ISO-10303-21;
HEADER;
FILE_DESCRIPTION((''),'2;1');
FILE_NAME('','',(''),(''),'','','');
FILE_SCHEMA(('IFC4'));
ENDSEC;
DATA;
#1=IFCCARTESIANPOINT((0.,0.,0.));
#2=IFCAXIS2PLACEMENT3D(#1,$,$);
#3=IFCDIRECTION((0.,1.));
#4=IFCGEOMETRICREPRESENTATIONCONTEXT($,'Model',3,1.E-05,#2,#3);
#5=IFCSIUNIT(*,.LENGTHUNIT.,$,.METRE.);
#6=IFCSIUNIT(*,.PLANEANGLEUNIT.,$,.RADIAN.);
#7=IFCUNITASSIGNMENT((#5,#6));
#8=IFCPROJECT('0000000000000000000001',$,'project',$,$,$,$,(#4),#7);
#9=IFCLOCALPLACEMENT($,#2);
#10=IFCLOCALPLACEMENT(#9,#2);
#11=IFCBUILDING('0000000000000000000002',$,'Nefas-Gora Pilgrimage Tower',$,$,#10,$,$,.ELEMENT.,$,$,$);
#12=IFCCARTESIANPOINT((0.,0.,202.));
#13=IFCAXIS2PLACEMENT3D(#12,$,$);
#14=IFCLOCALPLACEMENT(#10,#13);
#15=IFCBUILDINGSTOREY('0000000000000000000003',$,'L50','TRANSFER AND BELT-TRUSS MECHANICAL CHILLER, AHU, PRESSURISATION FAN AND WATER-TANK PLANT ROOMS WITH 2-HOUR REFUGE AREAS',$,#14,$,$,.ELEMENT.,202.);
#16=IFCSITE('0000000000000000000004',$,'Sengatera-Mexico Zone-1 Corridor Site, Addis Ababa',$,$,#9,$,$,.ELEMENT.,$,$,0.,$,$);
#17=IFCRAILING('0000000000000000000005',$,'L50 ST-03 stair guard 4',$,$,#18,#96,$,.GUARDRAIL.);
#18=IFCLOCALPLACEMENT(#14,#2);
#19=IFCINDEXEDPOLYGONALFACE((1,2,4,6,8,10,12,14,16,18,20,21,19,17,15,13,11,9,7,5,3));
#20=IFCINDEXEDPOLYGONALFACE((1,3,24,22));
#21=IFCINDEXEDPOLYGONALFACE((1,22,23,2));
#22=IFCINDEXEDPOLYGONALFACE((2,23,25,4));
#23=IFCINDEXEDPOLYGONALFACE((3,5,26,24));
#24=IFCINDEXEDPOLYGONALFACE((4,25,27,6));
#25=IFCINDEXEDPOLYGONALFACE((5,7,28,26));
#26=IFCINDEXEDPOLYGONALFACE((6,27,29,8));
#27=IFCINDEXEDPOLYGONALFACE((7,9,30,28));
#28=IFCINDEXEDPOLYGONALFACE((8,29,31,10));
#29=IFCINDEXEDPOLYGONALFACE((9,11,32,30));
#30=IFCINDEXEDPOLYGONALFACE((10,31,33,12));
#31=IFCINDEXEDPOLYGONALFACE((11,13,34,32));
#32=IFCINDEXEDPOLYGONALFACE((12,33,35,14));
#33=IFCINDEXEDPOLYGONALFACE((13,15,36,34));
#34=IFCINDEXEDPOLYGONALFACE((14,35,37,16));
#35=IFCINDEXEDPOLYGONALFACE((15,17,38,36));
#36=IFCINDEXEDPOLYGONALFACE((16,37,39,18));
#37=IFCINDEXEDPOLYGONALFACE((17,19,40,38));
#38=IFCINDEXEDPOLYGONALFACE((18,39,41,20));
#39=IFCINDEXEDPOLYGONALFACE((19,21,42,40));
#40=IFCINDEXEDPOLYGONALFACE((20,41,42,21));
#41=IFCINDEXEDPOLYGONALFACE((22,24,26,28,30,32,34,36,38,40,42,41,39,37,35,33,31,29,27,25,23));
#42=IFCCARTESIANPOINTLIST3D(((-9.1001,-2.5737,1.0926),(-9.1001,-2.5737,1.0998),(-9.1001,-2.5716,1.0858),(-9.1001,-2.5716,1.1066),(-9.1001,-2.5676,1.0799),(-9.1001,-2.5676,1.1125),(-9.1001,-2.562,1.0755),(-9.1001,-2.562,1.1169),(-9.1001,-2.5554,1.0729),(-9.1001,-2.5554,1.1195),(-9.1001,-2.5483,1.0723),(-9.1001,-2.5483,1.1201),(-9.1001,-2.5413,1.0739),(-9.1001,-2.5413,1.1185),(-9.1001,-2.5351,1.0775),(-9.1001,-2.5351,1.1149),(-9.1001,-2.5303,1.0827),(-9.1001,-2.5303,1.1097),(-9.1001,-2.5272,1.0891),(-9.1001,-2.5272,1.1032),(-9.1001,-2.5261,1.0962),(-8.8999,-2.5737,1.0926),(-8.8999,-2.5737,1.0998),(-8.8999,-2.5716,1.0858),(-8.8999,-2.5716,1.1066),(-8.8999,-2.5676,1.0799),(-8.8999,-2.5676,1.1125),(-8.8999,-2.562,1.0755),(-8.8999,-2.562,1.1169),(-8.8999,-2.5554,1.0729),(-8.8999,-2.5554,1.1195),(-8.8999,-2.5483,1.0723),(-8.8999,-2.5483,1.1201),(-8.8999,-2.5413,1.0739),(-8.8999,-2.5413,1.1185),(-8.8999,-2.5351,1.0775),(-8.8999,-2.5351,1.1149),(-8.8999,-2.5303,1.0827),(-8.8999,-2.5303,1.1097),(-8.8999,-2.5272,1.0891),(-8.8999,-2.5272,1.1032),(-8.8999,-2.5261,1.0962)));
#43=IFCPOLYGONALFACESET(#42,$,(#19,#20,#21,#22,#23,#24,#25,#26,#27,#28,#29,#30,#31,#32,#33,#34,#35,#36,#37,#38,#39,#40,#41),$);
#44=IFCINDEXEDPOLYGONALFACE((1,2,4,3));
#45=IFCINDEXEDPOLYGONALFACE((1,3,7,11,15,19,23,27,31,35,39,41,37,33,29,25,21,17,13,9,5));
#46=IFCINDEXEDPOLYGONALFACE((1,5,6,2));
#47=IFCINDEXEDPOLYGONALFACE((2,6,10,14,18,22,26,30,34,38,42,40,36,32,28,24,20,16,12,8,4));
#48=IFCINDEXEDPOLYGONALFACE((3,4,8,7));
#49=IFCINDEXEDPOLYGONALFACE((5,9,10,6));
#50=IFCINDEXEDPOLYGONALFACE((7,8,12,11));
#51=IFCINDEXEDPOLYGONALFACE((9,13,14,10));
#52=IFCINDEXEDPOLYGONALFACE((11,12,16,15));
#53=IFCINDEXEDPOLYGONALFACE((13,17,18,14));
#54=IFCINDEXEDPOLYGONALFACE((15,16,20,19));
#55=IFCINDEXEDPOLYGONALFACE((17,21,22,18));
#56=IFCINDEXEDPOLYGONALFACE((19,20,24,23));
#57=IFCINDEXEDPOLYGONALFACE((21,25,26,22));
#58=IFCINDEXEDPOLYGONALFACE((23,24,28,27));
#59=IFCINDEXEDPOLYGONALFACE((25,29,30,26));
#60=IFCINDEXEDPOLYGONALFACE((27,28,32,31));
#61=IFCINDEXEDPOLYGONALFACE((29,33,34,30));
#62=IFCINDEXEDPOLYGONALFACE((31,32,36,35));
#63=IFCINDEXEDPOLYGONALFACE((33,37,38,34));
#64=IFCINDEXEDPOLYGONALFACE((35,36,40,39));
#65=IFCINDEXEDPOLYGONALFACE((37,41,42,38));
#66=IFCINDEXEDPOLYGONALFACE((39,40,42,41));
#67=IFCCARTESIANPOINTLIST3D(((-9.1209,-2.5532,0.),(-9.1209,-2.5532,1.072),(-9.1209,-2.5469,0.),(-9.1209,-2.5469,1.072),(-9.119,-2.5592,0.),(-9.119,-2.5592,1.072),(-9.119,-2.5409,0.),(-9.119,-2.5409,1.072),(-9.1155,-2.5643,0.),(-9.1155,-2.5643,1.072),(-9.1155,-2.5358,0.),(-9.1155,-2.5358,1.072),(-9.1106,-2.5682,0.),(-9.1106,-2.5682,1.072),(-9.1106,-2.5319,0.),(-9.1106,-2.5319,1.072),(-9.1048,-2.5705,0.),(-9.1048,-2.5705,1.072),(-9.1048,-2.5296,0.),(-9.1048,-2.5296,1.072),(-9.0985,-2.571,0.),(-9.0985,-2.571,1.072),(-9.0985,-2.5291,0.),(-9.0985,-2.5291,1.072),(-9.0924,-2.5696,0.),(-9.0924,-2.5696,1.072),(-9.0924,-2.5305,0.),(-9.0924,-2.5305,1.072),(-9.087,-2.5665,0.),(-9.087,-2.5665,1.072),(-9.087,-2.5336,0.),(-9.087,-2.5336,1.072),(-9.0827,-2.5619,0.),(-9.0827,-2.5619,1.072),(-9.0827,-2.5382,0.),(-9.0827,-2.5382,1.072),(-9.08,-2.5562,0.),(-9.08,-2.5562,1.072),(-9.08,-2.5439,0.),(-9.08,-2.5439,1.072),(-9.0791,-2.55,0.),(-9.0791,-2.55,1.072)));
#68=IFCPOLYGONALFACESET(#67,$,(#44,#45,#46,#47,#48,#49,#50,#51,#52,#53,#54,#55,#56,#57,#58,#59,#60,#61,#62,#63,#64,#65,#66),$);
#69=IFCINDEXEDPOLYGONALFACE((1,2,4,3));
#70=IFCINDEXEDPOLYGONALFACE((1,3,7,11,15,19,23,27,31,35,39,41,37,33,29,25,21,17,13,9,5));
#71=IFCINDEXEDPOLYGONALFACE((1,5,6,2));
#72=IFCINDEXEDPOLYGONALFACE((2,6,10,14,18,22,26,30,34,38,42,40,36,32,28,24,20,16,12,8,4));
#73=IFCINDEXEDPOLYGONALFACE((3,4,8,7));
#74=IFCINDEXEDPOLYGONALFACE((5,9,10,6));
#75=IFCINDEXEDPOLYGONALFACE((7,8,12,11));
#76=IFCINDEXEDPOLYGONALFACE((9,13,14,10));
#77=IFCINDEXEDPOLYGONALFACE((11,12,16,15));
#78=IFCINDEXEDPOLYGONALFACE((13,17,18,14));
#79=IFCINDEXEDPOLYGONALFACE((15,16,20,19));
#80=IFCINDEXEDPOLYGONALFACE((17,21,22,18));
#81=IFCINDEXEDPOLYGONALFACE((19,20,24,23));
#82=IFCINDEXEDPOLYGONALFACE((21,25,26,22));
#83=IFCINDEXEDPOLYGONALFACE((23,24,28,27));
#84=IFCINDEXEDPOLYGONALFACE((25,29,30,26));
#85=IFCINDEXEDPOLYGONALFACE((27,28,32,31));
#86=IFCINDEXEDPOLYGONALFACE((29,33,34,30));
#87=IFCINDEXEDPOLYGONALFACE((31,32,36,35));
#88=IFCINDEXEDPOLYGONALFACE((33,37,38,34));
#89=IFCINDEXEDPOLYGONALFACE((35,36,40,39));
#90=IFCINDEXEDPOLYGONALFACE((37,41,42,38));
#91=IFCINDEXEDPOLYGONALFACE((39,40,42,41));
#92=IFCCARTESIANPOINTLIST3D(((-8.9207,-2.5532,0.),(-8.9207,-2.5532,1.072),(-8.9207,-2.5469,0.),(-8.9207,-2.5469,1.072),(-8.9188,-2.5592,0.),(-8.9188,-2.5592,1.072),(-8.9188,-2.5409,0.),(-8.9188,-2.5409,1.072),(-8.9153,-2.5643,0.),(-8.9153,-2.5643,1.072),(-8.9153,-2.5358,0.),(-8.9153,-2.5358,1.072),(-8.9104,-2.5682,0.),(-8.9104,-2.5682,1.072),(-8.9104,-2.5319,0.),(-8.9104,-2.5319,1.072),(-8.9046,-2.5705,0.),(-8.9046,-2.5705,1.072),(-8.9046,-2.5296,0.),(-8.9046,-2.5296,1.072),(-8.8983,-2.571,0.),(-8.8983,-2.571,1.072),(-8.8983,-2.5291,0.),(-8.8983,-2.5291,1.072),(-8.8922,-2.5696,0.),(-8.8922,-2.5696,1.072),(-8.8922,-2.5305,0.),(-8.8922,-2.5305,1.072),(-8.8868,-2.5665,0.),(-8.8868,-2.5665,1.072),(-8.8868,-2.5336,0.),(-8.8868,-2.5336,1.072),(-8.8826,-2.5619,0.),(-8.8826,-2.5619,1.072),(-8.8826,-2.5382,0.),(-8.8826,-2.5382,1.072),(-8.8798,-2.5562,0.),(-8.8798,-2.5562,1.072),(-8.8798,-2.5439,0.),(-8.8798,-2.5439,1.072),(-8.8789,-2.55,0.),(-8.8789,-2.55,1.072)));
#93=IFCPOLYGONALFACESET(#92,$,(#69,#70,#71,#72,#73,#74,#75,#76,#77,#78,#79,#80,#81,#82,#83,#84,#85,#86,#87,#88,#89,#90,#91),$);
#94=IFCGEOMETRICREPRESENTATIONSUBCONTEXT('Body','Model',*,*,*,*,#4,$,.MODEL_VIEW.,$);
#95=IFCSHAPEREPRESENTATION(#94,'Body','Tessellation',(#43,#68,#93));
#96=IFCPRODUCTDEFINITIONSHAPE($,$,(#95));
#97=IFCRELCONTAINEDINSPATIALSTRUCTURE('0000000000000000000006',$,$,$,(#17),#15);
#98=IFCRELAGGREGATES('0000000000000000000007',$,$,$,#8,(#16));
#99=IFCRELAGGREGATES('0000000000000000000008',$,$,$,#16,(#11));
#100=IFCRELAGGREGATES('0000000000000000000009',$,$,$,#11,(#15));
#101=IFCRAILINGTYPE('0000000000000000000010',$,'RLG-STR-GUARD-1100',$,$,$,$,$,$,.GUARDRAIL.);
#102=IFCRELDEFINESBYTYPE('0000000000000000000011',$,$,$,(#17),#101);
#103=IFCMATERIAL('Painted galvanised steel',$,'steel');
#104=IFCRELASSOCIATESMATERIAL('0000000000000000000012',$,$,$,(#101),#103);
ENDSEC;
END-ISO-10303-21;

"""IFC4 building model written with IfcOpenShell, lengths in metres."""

from ifc_helpers import new_model, si_unit, direction, frame, origin, origin_2d, place, context, subcontext, project, spatial, circle, extrude, material, type_object, element, save


model = new_model("IFC4")

# Units and contexts
model_context = context("Model", 3, precision=1e-05, world=origin(), true_north=direction((0.0, 1.0)))
body_context = subcontext(model_context, "Body", "Model", "MODEL_VIEW")
ifc_project = project(units=[si_unit("LENGTHUNIT", "METRE"), si_unit("PLANEANGLEUNIT", "RADIAN")], contexts=[model_context])

# Site, building, storey
site_placement = place(None, origin())
site = spatial("IfcSite", under=ifc_project, at=site_placement, Name="Sengatera-Mexico Zone-1 Corridor Site, Addis Ababa", CompositionType="ELEMENT", RefElevation=0.0)
building_placement = place(site_placement, origin())
building = spatial("IfcBuilding", under=site, at=building_placement, Name="Nefas-Gora Pilgrimage Tower", CompositionType="ELEMENT")
storey_placement = place(building_placement, frame((0.0, 0.0, 202.0)))
storey = spatial("IfcBuildingStorey", under=building, at=storey_placement, Name="L50", Description="TRANSFER AND BELT-TRUSS MECHANICAL CHILLER, AHU, PRESSURISATION FAN AND WATER-TANK PLANT ROOMS WITH 2-HOUR REFUGE AREAS", CompositionType="ELEMENT", Elevation=202.0)

# Railing
ifc_material_1 = material(Name="Painted galvanised steel", Category="steel")
railing_type_1 = type_object("IfcRailingType", Name="RLG-STR-GUARD-1100", PredefinedType="GUARDRAIL", material=ifc_material_1)
railing_1_placement = place(storey_placement, frame((-9.1001, -2.55, 0.0)))
element("IfcRailing", 1, at=railing_1_placement, inside=storey, type_object=railing_type_1, Name="L50 ST-03 stair guard 4", PredefinedType="GUARDRAIL", context=body_context, shape_type="SweptSolid", body=[
    extrude(circle(Radius=0.0239, at=origin_2d()), frame((0.0, 0.0, 1.0962), z_axis=(1.0, 0.0, 0.0), x_axis=(0.0, 1.0, 0.0)), (0.0, 0.0, 1.0), 0.2002),
    extrude(circle(Radius=0.021, at=origin_2d()), origin(), (0.0, 0.0, 1.0), 1.072),
    extrude(circle(Radius=0.021, at=origin_2d()), frame((0.2002, 0.0, 0.0)), (0.0, 0.0, 1.0), 1.072),
])

save(model, "model.ifc")
